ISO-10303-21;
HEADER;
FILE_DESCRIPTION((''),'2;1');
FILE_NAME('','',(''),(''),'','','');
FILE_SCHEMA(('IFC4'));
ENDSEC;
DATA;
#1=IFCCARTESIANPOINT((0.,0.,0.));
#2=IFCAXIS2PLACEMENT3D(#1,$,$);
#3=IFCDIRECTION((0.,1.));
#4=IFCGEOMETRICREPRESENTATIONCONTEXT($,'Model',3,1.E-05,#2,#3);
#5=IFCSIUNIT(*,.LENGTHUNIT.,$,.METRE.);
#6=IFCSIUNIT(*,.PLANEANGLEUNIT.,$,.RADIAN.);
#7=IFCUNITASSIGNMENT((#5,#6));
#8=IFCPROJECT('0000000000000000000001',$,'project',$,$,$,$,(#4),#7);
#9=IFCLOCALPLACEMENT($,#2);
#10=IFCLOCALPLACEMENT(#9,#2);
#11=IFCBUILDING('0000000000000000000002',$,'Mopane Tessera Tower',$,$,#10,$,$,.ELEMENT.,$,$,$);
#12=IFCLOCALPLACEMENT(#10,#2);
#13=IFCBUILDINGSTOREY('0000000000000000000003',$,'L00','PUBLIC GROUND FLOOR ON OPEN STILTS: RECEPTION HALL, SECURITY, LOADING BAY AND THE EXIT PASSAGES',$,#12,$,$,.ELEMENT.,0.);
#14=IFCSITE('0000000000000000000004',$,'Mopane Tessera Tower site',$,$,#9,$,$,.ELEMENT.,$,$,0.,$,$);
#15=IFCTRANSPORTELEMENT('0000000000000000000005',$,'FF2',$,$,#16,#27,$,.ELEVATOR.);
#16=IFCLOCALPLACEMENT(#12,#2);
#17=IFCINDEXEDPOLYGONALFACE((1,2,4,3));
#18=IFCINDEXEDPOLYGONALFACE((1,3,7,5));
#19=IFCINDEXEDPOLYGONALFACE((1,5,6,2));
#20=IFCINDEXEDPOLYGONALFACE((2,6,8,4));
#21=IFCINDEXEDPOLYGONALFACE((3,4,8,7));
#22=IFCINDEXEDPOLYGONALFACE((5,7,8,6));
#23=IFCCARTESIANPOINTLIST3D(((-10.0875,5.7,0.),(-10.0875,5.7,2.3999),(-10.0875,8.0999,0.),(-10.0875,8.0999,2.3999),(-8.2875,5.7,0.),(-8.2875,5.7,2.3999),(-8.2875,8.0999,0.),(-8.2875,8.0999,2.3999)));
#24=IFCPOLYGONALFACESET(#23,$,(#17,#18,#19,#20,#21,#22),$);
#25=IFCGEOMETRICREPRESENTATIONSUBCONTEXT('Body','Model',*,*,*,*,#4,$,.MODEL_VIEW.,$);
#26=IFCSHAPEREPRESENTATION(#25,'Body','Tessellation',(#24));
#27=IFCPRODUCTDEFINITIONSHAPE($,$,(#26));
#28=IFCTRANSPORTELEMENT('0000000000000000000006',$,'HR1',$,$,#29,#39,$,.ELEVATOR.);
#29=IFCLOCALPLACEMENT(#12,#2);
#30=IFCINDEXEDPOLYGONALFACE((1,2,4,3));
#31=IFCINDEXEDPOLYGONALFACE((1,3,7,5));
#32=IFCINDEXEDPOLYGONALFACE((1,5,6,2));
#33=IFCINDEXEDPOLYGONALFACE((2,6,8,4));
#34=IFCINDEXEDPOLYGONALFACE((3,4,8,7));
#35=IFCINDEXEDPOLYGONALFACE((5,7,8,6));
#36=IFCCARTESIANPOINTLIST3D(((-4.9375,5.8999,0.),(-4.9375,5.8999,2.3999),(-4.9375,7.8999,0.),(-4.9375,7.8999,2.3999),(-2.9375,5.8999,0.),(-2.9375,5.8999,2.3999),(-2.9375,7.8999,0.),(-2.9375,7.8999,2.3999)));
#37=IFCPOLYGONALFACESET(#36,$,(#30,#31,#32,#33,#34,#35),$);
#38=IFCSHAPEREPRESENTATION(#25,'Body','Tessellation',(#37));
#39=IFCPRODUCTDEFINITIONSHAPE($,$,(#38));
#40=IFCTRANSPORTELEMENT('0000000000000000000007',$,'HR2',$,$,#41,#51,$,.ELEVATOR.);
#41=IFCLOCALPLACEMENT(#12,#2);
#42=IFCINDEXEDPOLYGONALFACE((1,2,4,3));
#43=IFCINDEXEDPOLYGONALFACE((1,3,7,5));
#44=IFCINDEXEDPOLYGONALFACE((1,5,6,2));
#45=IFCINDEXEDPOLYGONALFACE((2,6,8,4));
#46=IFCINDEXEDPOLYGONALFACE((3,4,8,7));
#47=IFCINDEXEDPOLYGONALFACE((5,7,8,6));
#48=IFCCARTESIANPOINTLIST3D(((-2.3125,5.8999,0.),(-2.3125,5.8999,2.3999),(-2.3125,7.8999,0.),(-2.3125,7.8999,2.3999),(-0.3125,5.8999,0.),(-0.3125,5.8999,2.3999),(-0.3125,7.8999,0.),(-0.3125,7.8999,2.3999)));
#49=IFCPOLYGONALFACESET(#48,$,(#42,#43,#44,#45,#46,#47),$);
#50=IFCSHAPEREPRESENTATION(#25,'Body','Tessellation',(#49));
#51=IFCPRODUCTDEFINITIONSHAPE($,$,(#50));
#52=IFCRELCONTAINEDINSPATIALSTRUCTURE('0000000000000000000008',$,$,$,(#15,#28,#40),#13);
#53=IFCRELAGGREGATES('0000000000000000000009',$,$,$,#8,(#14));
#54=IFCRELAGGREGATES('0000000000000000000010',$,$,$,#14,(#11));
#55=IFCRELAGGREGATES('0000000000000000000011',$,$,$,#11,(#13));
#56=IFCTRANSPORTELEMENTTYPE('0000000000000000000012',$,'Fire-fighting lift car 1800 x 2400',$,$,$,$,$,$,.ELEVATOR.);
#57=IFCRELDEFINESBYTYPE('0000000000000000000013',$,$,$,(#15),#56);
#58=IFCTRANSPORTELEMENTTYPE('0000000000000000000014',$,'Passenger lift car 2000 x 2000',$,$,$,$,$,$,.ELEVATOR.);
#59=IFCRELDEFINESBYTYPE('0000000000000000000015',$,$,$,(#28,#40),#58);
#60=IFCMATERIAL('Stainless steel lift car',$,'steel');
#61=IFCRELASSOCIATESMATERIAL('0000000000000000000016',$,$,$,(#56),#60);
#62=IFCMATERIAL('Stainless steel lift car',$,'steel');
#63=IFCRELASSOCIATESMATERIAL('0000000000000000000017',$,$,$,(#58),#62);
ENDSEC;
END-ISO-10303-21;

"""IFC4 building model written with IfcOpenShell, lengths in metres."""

from ifc_helpers import new_model, si_unit, direction, frame, origin, origin_2d, place, context, subcontext, project, spatial, rectangle, extrude, material, type_object, element, save


model = new_model("IFC4")

# Units and contexts
model_context = context("Model", 3, precision=1e-05, world=origin(), true_north=direction((0.0, 1.0)))
body_context = subcontext(model_context, "Body", "Model", "MODEL_VIEW")
ifc_project = project(units=[si_unit("LENGTHUNIT", "METRE"), si_unit("PLANEANGLEUNIT", "RADIAN")], contexts=[model_context])

# Site, building, storey
site_placement = place(None, origin())
site = spatial("IfcSite", under=ifc_project, at=site_placement, Name="Mopane Tessera Tower site", CompositionType="ELEMENT", RefElevation=0.0)
building_placement = place(site_placement, origin())
building = spatial("IfcBuilding", under=site, at=building_placement, Name="Mopane Tessera Tower", CompositionType="ELEMENT")
storey_placement = place(building_placement, origin())
storey = spatial("IfcBuildingStorey", under=building, at=storey_placement, Name="L00", Description="PUBLIC GROUND FLOOR ON OPEN STILTS: RECEPTION HALL, SECURITY, LOADING BAY AND THE EXIT PASSAGES", CompositionType="ELEMENT", Elevation=0.0)

# Transport elements
ifc_material_1 = material(Name="Stainless steel lift car", Category="steel")
transport_element_type_1 = type_object("IfcTransportElementType", Name="Fire-fighting lift car 1800 x 2400", PredefinedType="ELEVATOR", material=ifc_material_1)
transport_element_placement = place(storey_placement, frame((-9.1875, 6.8999, 0.0), z_axis=(0.0, 0.0, 1.0), x_axis=(1.0, 0.0, 0.0)))
element("IfcTransportElement", 1, at=transport_element_placement, inside=storey, type_object=transport_element_type_1, Name="FF2", PredefinedType="ELEVATOR", context=body_context, shape_type="SweptSolid", body=[
    extrude(rectangle(XDim=1.8, YDim=2.3999, at=origin_2d()), origin(), (0.0, 0.0, 1.0), 2.3999),
])
ifc_material_2 = material(Name="Stainless steel lift car", Category="steel")
transport_element_type_2 = type_object("IfcTransportElementType", Name="Passenger lift car 2000 x 2000", PredefinedType="ELEVATOR", material=ifc_material_2)
for number, where, z_axis, x_axis, name in (
    (2, (-3.9375, 6.8999, 0.0), (0.0, 0.0, 1.0), (1.0, 0.0, 0.0), "HR1"),
    (3, (-1.3125, 6.8999, 0.0), (0.0, 0.0, 1.0), (1.0, 0.0, 0.0), "HR2"),
):
    element("IfcTransportElement", number, at=place(storey_placement, frame(where, z_axis=z_axis, x_axis=x_axis)), inside=storey, type_object=transport_element_type_2, Name=name, PredefinedType="ELEVATOR", context=body_context, shape_type="SweptSolid", body=[
        extrude(rectangle(XDim=2.0, YDim=2.0, at=origin_2d()), origin(), (0.0, 0.0, 1.0), 2.3999),
    ])

save(model, "model.ifc")
